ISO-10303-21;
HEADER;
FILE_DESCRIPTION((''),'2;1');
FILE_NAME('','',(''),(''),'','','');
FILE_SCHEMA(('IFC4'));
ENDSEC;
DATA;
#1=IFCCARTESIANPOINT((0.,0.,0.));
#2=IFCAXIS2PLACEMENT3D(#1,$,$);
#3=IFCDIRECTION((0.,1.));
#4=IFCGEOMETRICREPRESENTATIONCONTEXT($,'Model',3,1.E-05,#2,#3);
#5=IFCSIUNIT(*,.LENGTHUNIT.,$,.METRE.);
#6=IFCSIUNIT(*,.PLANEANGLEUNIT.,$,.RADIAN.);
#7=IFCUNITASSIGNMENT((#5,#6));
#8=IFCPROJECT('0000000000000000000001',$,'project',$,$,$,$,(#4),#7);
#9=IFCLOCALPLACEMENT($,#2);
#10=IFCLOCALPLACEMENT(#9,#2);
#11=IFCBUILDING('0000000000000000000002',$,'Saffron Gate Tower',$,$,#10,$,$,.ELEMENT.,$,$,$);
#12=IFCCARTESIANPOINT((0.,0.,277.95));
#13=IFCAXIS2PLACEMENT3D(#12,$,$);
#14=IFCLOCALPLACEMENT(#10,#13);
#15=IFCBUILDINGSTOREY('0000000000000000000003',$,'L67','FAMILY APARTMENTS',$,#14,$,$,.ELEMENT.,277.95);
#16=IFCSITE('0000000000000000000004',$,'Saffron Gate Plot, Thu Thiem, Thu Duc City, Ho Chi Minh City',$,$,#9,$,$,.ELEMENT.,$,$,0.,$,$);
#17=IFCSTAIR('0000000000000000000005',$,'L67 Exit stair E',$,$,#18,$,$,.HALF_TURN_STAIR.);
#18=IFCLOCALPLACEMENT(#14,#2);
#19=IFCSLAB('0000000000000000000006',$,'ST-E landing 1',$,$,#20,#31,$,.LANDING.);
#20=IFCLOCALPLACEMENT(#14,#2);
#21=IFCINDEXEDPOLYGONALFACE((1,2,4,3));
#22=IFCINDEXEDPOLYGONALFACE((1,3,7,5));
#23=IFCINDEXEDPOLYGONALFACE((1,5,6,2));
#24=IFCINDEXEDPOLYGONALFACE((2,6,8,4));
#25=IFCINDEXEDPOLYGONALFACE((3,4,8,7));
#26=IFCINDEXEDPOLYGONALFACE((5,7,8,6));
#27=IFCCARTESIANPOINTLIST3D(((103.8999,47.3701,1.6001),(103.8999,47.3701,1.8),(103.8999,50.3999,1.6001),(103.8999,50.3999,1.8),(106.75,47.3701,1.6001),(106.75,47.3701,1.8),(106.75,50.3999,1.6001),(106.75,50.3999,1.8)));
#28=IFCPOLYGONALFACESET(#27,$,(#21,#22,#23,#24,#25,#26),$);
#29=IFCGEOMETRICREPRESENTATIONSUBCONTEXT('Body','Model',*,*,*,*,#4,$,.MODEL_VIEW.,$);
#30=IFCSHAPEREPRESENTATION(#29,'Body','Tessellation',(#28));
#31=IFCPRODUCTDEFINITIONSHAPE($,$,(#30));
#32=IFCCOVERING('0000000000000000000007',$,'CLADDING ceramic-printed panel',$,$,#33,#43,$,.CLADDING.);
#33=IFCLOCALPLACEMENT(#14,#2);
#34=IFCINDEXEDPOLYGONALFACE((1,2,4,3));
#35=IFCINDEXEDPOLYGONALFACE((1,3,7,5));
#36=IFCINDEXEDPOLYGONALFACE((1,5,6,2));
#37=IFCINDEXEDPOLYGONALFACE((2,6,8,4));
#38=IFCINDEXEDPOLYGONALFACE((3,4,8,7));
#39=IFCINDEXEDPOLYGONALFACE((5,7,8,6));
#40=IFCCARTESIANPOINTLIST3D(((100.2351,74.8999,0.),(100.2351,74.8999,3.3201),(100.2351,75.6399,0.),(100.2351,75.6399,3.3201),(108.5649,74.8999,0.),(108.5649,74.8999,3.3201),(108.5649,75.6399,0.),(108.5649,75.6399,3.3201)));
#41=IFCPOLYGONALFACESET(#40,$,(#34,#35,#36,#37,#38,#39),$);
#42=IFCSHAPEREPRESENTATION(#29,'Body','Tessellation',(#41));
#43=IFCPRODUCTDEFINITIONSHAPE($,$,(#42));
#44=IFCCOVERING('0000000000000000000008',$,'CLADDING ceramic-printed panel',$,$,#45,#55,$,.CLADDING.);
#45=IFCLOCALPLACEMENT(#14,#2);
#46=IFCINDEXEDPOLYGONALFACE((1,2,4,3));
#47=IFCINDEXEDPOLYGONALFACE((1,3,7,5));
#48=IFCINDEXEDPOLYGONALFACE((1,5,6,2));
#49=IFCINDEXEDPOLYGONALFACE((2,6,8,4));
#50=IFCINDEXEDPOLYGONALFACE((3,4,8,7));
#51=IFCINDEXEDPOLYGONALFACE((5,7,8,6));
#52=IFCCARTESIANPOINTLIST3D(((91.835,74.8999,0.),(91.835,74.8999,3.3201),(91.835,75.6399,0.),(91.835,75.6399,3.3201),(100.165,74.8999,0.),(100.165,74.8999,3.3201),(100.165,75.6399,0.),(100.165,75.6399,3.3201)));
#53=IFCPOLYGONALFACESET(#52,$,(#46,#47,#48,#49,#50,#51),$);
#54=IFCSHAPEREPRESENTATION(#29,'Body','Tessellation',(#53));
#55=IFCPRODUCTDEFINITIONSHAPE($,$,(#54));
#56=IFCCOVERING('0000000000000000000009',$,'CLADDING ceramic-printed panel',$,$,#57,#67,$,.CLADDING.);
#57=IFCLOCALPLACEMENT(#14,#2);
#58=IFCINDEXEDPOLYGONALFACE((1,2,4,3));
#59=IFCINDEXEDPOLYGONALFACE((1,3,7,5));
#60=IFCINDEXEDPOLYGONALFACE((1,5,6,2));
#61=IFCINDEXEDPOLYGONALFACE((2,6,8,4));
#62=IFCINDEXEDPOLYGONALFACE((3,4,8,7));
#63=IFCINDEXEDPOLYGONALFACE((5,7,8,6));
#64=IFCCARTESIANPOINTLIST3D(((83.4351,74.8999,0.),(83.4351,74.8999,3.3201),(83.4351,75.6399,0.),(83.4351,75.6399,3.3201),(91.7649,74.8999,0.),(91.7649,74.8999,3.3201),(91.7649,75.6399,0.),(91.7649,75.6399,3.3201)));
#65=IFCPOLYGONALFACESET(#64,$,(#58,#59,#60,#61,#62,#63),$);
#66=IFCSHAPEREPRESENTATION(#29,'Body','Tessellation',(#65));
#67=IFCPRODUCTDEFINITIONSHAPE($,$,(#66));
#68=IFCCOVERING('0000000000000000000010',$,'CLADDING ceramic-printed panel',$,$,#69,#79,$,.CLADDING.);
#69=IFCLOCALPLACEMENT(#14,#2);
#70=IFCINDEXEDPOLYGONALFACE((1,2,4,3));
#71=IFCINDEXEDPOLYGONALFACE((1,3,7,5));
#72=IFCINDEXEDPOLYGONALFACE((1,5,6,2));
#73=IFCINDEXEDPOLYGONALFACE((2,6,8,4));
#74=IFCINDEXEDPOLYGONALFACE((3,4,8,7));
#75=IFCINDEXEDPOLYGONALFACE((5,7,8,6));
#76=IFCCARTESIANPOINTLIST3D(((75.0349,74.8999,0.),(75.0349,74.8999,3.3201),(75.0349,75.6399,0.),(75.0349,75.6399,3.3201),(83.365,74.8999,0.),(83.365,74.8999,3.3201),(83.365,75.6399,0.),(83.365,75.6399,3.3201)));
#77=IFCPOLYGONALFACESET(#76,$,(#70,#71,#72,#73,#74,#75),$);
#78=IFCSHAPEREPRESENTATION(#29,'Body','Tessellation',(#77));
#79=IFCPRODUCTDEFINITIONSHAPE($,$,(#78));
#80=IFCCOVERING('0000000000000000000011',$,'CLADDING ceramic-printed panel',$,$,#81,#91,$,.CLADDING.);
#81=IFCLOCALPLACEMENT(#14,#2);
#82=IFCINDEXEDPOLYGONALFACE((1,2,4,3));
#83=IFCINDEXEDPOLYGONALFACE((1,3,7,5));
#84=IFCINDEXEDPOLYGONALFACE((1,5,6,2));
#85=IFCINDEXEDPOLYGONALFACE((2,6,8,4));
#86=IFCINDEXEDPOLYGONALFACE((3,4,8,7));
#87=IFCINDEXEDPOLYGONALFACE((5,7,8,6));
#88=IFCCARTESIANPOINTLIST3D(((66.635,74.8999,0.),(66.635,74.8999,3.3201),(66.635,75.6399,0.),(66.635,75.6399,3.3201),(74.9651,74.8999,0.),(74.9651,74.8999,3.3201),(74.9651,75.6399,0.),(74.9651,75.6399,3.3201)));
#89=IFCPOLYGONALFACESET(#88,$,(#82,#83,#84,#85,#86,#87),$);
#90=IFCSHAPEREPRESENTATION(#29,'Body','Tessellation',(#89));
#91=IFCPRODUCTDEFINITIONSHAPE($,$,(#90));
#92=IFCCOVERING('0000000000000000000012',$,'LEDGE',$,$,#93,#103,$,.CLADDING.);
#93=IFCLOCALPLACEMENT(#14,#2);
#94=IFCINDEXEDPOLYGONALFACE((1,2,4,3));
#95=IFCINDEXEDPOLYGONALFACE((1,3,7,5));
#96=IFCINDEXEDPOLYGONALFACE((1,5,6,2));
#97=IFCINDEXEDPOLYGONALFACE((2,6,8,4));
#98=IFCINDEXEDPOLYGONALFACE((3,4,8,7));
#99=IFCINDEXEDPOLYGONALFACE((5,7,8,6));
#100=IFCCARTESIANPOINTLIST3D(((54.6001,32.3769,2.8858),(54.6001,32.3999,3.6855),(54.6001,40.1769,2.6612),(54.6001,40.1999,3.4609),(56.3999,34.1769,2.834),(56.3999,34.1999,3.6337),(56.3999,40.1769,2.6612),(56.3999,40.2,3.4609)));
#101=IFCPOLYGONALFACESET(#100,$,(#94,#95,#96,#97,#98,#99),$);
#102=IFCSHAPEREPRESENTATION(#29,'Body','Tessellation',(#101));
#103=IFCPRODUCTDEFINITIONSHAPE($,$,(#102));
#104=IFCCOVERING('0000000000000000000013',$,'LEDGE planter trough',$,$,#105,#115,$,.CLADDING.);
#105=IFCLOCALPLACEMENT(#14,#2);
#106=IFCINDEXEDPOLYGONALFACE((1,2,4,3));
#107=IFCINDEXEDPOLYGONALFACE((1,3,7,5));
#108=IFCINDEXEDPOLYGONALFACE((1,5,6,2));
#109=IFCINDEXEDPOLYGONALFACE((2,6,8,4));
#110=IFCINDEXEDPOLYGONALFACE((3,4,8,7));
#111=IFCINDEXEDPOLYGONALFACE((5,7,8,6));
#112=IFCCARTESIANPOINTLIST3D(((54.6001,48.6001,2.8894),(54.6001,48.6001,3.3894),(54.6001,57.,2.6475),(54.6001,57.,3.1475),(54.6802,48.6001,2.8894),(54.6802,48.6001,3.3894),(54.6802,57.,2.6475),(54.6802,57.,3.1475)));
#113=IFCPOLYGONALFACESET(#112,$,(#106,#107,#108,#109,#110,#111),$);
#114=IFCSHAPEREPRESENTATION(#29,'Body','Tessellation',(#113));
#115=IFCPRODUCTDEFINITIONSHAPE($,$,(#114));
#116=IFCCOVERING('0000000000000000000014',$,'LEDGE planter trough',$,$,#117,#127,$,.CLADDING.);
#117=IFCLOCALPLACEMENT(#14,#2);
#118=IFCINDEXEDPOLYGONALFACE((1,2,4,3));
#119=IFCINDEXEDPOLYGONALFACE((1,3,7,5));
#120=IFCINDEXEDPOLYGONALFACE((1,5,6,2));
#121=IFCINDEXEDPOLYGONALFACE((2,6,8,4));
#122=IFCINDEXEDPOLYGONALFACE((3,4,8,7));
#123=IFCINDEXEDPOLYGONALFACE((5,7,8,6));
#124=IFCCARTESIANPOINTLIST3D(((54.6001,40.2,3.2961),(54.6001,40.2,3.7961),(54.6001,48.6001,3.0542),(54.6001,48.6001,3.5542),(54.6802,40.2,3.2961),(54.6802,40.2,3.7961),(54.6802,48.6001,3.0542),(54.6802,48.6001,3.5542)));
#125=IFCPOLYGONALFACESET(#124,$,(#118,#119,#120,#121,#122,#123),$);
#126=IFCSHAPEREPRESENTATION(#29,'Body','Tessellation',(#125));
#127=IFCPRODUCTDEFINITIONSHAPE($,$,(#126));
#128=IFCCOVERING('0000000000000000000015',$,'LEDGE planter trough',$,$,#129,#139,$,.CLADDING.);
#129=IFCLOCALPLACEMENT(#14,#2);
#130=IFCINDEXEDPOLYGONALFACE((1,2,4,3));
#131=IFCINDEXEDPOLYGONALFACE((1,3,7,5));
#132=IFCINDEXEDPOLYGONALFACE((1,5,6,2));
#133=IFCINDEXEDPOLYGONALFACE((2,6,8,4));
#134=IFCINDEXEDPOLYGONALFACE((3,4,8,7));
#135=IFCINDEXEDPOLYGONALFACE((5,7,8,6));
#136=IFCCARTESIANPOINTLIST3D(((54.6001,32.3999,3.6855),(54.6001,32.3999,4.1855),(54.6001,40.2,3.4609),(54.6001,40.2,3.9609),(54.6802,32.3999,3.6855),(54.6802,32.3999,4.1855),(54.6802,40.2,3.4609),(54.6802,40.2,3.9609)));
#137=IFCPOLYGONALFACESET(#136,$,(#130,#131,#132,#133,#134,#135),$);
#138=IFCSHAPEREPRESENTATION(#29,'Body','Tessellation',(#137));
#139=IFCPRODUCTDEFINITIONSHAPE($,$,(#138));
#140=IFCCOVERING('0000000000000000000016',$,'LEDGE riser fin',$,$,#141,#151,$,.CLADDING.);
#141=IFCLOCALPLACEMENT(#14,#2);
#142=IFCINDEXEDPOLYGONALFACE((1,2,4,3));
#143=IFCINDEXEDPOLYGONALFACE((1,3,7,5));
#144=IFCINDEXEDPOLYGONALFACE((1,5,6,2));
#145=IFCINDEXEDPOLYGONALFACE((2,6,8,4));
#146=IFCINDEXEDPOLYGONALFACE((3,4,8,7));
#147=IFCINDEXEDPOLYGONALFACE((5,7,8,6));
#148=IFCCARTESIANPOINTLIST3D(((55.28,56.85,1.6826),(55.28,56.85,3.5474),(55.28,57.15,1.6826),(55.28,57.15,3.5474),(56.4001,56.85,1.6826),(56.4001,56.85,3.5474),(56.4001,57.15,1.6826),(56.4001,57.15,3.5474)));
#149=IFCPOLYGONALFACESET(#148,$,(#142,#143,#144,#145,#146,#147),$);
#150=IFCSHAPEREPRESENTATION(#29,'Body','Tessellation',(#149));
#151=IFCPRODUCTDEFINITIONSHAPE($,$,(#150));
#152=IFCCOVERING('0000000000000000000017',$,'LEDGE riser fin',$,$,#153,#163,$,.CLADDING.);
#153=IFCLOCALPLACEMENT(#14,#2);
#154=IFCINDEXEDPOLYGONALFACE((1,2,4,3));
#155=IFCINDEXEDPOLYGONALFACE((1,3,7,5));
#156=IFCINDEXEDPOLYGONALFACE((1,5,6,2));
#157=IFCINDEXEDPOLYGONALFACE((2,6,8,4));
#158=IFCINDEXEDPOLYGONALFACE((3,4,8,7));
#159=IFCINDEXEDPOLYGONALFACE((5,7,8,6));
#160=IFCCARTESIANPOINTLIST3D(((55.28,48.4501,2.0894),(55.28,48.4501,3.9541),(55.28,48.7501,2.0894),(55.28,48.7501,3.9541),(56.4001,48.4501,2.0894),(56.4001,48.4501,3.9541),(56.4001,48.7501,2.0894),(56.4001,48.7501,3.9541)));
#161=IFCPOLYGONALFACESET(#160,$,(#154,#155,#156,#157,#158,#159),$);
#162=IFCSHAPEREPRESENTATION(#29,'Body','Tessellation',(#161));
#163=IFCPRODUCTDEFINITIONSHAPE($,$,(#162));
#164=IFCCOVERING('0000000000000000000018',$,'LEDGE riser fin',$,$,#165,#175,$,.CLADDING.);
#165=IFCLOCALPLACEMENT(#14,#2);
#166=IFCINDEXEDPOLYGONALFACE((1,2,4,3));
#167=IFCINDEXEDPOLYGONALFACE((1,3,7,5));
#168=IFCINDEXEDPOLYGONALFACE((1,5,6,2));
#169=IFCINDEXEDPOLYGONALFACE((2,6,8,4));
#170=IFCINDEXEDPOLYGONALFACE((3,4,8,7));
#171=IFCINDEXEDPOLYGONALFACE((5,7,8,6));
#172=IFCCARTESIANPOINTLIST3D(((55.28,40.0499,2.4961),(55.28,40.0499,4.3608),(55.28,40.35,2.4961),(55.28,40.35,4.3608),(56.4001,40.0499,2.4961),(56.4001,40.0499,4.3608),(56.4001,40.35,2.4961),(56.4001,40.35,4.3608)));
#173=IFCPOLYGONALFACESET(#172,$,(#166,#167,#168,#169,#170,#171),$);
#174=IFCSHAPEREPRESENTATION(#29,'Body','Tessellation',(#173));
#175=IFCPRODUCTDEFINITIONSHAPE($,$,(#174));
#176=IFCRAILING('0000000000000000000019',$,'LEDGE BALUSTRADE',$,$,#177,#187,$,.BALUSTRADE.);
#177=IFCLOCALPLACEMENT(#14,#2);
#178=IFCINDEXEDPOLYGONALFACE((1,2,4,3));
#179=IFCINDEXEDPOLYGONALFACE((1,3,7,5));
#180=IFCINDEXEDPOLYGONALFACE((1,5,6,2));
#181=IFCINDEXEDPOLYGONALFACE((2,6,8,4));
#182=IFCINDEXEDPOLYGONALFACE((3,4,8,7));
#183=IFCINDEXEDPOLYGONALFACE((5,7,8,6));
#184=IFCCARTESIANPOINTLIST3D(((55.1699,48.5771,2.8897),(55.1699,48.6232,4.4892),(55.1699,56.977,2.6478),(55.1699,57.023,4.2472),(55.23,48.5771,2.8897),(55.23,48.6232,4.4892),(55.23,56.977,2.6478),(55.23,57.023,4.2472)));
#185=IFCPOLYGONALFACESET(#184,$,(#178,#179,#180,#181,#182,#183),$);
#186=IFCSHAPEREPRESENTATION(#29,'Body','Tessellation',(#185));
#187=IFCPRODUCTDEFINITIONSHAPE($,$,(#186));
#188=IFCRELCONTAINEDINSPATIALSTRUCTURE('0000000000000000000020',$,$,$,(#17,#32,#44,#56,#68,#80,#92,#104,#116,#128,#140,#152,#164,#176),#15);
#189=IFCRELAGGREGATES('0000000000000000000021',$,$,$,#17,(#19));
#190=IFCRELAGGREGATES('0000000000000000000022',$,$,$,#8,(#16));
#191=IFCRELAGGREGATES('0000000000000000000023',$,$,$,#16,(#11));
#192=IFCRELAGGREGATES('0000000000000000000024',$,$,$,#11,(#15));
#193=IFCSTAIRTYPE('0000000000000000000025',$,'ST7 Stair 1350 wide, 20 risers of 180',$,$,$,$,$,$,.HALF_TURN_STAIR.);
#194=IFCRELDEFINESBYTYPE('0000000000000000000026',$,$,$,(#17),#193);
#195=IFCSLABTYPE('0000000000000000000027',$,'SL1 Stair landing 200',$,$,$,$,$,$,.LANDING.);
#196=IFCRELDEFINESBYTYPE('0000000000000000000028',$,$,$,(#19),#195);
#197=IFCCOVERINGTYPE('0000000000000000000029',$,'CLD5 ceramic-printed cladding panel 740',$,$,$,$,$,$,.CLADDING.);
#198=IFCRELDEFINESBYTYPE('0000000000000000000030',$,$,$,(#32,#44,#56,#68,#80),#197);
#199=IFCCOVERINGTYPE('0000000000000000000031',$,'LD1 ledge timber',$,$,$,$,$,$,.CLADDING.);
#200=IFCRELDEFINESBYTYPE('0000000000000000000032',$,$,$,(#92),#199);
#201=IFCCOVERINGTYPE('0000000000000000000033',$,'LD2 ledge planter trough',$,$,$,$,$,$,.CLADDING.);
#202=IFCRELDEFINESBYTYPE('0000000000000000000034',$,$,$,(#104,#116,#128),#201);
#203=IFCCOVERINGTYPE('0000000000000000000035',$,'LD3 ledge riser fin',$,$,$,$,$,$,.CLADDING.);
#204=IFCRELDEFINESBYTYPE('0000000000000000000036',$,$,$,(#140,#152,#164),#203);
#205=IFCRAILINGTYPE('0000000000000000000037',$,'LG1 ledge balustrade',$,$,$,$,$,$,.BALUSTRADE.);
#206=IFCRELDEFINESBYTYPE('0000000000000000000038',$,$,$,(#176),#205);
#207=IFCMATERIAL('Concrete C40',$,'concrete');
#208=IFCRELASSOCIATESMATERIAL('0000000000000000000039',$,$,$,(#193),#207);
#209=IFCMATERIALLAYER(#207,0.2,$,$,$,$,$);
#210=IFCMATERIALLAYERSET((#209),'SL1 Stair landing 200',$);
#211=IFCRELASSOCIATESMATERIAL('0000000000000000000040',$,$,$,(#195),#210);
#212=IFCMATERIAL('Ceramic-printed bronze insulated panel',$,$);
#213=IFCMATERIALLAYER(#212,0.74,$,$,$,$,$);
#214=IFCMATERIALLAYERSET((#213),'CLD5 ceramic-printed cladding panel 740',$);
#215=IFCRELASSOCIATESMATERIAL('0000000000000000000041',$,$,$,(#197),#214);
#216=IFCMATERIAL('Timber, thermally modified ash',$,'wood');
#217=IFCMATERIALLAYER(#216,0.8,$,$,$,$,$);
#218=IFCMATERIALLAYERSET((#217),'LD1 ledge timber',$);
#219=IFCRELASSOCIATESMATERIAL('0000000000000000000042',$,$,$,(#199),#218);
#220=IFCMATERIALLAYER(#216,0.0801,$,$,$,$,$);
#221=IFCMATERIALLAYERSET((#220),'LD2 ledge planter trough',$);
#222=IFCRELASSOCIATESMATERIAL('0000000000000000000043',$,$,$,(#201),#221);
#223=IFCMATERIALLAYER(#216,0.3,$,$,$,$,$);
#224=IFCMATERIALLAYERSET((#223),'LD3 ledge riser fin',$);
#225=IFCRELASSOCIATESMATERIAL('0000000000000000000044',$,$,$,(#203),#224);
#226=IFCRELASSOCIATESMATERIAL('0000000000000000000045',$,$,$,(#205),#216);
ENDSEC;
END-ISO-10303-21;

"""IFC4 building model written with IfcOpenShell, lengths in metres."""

from ifc_helpers import new_model, si_unit, direction, frame, origin, origin_2d, place, context, subcontext, project, spatial, polyline, rectangle, outline, extrude, material, layer, layer_set, type_object, element, aggregate, save


model = new_model("IFC4")

# Units and contexts
model_context = context("Model", 3, precision=1e-05, world=origin(), true_north=direction((0.0, 1.0)))
body_context = subcontext(model_context, "Body", "Model", "MODEL_VIEW")
ifc_project = project(units=[si_unit("LENGTHUNIT", "METRE"), si_unit("PLANEANGLEUNIT", "RADIAN")], contexts=[model_context])

# Site, building, storey
site_placement = place(None, origin())
site = spatial("IfcSite", under=ifc_project, at=site_placement, Name="Saffron Gate Plot, Thu Thiem, Thu Duc City, Ho Chi Minh City", CompositionType="ELEMENT", RefElevation=0.0)
building_placement = place(site_placement, origin())
building = spatial("IfcBuilding", under=site, at=building_placement, Name="Saffron Gate Tower", CompositionType="ELEMENT")
storey_placement = place(building_placement, frame((0.0, 0.0, 277.95)))
storey = spatial("IfcBuildingStorey", under=building, at=storey_placement, Name="L67", Description="FAMILY APARTMENTS", CompositionType="ELEMENT", Elevation=277.95)

# Shared definitions
ifc_material_1 = material(Name="Concrete C40", Category="concrete")

# Stair, slab
stair_type = type_object("IfcStairType", Name="ST7 Stair 1350 wide, 20 risers of 180", PredefinedType="HALF_TURN_STAIR", material=ifc_material_1)
ifc_layer_1 = layer(ifc_material_1, 0.2)
ifc_layer_set_1 = layer_set([ifc_layer_1], Name="SL1 Stair landing 200")
slab_type_1 = type_object("IfcSlabType", Name="SL1 Stair landing 200", PredefinedType="LANDING", material=ifc_layer_set_1)
stair_1_placement = place(storey_placement, origin())
stair_1 = element("IfcStair", 1, at=stair_1_placement, inside=storey, type_object=stair_type, Name="L67 Exit stair E", PredefinedType="HALF_TURN_STAIR")
slab_1_placement = place(storey_placement, frame((0.0, 0.0, 1.6001)))
slab_1 = element("IfcSlab", 2, at=slab_1_placement, type_object=slab_type_1, Name="ST-E landing 1", PredefinedType="LANDING", context=body_context, shape_type="SweptSolid", body=[
    extrude(outline(polyline([(106.75, 47.3701), (106.75, 50.3999), (103.8999, 50.3999), (103.8999, 47.3701), (106.75, 47.3701)])), origin(), (0.0, 0.0, 1.0), 0.2),
])
aggregate(stair_1, [slab_1])

# Coverings
ifc_material_2 = material(Name="Ceramic-printed bronze insulated panel")
ifc_layer_2 = layer(ifc_material_2, 0.74)
ifc_layer_set_2 = layer_set([ifc_layer_2], Name="CLD5 ceramic-printed cladding panel 740")
covering_type_1 = type_object("IfcCoveringType", Name="CLD5 ceramic-printed cladding panel 740", PredefinedType="CLADDING", material=ifc_layer_set_2)
covering_1_placement = place(storey_placement, origin())
element("IfcCovering", 3, at=covering_1_placement, inside=storey, type_object=covering_type_1, Name="CLADDING ceramic-printed panel", PredefinedType="CLADDING", context=body_context, shape_type="SweptSolid", body=[
    extrude(outline(polyline([(108.5649, 75.6399), (100.2351, 75.6399), (100.2351, 74.8999), (108.5649, 74.8999), (108.5649, 75.6399)])), origin(), (0.0, 0.0, 1.0), 3.3201),
])
covering_2_placement = place(storey_placement, origin())
element("IfcCovering", 4, at=covering_2_placement, inside=storey, type_object=covering_type_1, Name="CLADDING ceramic-printed panel", PredefinedType="CLADDING", context=body_context, shape_type="SweptSolid", body=[
    extrude(outline(polyline([(100.165, 75.6399), (91.835, 75.6399), (91.835, 74.8999), (100.165, 74.8999), (100.165, 75.6399)])), origin(), (0.0, 0.0, 1.0), 3.3201),
])
covering_3_placement = place(storey_placement, origin())
element("IfcCovering", 5, at=covering_3_placement, inside=storey, type_object=covering_type_1, Name="CLADDING ceramic-printed panel", PredefinedType="CLADDING", context=body_context, shape_type="SweptSolid", body=[
    extrude(outline(polyline([(91.7649, 75.6399), (83.4351, 75.6399), (83.4351, 74.8999), (91.7649, 74.8999), (91.7649, 75.6399)])), origin(), (0.0, 0.0, 1.0), 3.3201),
])
covering_4_placement = place(storey_placement, origin())
element("IfcCovering", 6, at=covering_4_placement, inside=storey, type_object=covering_type_1, Name="CLADDING ceramic-printed panel", PredefinedType="CLADDING", context=body_context, shape_type="SweptSolid", body=[
    extrude(outline(polyline([(83.365, 75.6399), (75.0349, 75.6399), (75.0349, 74.8999), (83.365, 74.8999), (83.365, 75.6399)])), origin(), (0.0, 0.0, 1.0), 3.3201),
])
covering_5_placement = place(storey_placement, origin())
element("IfcCovering", 7, at=covering_5_placement, inside=storey, type_object=covering_type_1, Name="CLADDING ceramic-printed panel", PredefinedType="CLADDING", context=body_context, shape_type="SweptSolid", body=[
    extrude(outline(polyline([(74.9651, 75.6399), (66.635, 75.6399), (66.635, 74.8999), (74.9651, 74.8999), (74.9651, 75.6399)])), origin(), (0.0, 0.0, 1.0), 3.3201),
])
ifc_material_3 = material(Name="Timber, thermally modified ash", Category="wood")
ifc_layer_3 = layer(ifc_material_3, 0.8)
ifc_layer_set_3 = layer_set([ifc_layer_3], Name="LD1 ledge timber")
covering_type_2 = type_object("IfcCoveringType", Name="LD1 ledge timber", PredefinedType="CLADDING", material=ifc_layer_set_3)
covering_6_placement = place(storey_placement, frame((56.3999, 40.2, 3.4609), z_axis=(-0.000024, 0.028789, 0.999585), x_axis=(0.0, -0.999585, 0.028789)))
element("IfcCovering", 8, at=covering_6_placement, inside=storey, type_object=covering_type_2, Name="LEDGE", PredefinedType="CLADDING", context=body_context, shape_type="SweptSolid", body=[
    extrude(outline(polyline([(0.0, 0.0), (6.0025, 0.0), (7.8033, -1.7998), (0.0, -1.7998), (0.0, 0.0)])), origin(), (0.0, 0.0, -1.0), 0.8),
])
ifc_layer_4 = layer(ifc_material_3, 0.0801)
ifc_layer_set_4 = layer_set([ifc_layer_4], Name="LD2 ledge planter trough")
covering_type_3 = type_object("IfcCoveringType", Name="LD2 ledge planter trough", PredefinedType="CLADDING", material=ifc_layer_set_4)
covering_7_placement = place(storey_placement, frame((54.6001, 57.0, 2.6475), z_axis=(-1.0, 0.0, 0.0), x_axis=(0.0, -0.999585, 0.028791)))
element("IfcCovering", 9, at=covering_7_placement, inside=storey, type_object=covering_type_3, Name="LEDGE planter trough", PredefinedType="CLADDING", context=body_context, shape_type="SweptSolid", body=[
    extrude(outline(polyline([(0.0, 0.0), (8.4034, 0.0), (8.4178, 0.4998), (0.0144, 0.4998), (0.0, 0.0)])), origin(), (0.0, 0.0, -1.0), 0.0801),
])
covering_8_placement = place(storey_placement, frame((54.6001, 48.6001, 3.0542), z_axis=(-1.0, 0.0, 0.0), x_axis=(0.0, -0.999585, 0.02879)))
element("IfcCovering", 10, at=covering_8_placement, inside=storey, type_object=covering_type_3, Name="LEDGE planter trough", PredefinedType="CLADDING", context=body_context, shape_type="SweptSolid", body=[
    extrude(outline(polyline([(0.0, 0.0), (8.4036, 0.0), (8.418, 0.4998), (0.0144, 0.4998), (0.0, 0.0)])), origin(), (0.0, 0.0, -1.0), 0.0801),
])
covering_9_placement = place(storey_placement, frame((54.6001, 40.2, 3.4609), z_axis=(-1.0, 0.0, 0.0), x_axis=(0.0, -0.999586, 0.028784)))
element("IfcCovering", 11, at=covering_9_placement, inside=storey, type_object=covering_type_3, Name="LEDGE planter trough", PredefinedType="CLADDING", context=body_context, shape_type="SweptSolid", body=[
    extrude(outline(polyline([(0.0, 0.0), (7.8033, 0.0), (7.8177, 0.4998), (0.0144, 0.4998), (0.0, 0.0)])), origin(), (0.0, 0.0, -1.0), 0.0801),
])
ifc_layer_5 = layer(ifc_material_3, 0.3)
ifc_layer_set_5 = layer_set([ifc_layer_5], Name="LD3 ledge riser fin")
covering_type_4 = type_object("IfcCoveringType", Name="LD3 ledge riser fin", PredefinedType="CLADDING", material=ifc_layer_set_5)
for number, where, z_axis, x_axis, name in (
    (12, (55.8401, 57.0, 1.6826), (0.0, 0.0, 1.0), (0.0, -1.0, 0.0), "LEDGE riser fin"),
    (13, (55.8401, 48.6001, 2.0894), (0.0, 0.0, 1.0), (0.0, -1.0, 0.0), "LEDGE riser fin"),
    (14, (55.8401, 40.2, 2.4961), (0.0, 0.0, 1.0), (0.0, -1.0, 0.0), "LEDGE riser fin"),
):
    element("IfcCovering", number, at=place(storey_placement, frame(where, z_axis=z_axis, x_axis=x_axis)), inside=storey, type_object=covering_type_4, Name=name, PredefinedType="CLADDING", context=body_context, shape_type="SweptSolid", body=[
        extrude(rectangle(XDim=0.3, YDim=1.1201, at=origin_2d()), origin(), (0.0, 0.0, 1.0), 1.8647),
    ])

# Railing
railing_type = type_object("IfcRailingType", Name="LG1 ledge balustrade", PredefinedType="BALUSTRADE", material=ifc_material_3)
railing_1_placement = place(storey_placement, frame((55.2, 57.0, 2.6475)))
element("IfcRailing", 15, at=railing_1_placement, inside=storey, type_object=railing_type, Name="LEDGE BALUSTRADE", PredefinedType="BALUSTRADE", context=body_context, shape_type="SweptSolid", body=[
    extrude(rectangle(XDim=0.0601, YDim=1.6001, at=origin_2d()), frame((0.0, 0.0, 0.8), z_axis=(0.0, -0.999585, 0.028791), x_axis=(1.0, 0.0, 0.0)), (0.0, 0.0, 1.0), 8.4033),
])

save(model, "model.ifc")
